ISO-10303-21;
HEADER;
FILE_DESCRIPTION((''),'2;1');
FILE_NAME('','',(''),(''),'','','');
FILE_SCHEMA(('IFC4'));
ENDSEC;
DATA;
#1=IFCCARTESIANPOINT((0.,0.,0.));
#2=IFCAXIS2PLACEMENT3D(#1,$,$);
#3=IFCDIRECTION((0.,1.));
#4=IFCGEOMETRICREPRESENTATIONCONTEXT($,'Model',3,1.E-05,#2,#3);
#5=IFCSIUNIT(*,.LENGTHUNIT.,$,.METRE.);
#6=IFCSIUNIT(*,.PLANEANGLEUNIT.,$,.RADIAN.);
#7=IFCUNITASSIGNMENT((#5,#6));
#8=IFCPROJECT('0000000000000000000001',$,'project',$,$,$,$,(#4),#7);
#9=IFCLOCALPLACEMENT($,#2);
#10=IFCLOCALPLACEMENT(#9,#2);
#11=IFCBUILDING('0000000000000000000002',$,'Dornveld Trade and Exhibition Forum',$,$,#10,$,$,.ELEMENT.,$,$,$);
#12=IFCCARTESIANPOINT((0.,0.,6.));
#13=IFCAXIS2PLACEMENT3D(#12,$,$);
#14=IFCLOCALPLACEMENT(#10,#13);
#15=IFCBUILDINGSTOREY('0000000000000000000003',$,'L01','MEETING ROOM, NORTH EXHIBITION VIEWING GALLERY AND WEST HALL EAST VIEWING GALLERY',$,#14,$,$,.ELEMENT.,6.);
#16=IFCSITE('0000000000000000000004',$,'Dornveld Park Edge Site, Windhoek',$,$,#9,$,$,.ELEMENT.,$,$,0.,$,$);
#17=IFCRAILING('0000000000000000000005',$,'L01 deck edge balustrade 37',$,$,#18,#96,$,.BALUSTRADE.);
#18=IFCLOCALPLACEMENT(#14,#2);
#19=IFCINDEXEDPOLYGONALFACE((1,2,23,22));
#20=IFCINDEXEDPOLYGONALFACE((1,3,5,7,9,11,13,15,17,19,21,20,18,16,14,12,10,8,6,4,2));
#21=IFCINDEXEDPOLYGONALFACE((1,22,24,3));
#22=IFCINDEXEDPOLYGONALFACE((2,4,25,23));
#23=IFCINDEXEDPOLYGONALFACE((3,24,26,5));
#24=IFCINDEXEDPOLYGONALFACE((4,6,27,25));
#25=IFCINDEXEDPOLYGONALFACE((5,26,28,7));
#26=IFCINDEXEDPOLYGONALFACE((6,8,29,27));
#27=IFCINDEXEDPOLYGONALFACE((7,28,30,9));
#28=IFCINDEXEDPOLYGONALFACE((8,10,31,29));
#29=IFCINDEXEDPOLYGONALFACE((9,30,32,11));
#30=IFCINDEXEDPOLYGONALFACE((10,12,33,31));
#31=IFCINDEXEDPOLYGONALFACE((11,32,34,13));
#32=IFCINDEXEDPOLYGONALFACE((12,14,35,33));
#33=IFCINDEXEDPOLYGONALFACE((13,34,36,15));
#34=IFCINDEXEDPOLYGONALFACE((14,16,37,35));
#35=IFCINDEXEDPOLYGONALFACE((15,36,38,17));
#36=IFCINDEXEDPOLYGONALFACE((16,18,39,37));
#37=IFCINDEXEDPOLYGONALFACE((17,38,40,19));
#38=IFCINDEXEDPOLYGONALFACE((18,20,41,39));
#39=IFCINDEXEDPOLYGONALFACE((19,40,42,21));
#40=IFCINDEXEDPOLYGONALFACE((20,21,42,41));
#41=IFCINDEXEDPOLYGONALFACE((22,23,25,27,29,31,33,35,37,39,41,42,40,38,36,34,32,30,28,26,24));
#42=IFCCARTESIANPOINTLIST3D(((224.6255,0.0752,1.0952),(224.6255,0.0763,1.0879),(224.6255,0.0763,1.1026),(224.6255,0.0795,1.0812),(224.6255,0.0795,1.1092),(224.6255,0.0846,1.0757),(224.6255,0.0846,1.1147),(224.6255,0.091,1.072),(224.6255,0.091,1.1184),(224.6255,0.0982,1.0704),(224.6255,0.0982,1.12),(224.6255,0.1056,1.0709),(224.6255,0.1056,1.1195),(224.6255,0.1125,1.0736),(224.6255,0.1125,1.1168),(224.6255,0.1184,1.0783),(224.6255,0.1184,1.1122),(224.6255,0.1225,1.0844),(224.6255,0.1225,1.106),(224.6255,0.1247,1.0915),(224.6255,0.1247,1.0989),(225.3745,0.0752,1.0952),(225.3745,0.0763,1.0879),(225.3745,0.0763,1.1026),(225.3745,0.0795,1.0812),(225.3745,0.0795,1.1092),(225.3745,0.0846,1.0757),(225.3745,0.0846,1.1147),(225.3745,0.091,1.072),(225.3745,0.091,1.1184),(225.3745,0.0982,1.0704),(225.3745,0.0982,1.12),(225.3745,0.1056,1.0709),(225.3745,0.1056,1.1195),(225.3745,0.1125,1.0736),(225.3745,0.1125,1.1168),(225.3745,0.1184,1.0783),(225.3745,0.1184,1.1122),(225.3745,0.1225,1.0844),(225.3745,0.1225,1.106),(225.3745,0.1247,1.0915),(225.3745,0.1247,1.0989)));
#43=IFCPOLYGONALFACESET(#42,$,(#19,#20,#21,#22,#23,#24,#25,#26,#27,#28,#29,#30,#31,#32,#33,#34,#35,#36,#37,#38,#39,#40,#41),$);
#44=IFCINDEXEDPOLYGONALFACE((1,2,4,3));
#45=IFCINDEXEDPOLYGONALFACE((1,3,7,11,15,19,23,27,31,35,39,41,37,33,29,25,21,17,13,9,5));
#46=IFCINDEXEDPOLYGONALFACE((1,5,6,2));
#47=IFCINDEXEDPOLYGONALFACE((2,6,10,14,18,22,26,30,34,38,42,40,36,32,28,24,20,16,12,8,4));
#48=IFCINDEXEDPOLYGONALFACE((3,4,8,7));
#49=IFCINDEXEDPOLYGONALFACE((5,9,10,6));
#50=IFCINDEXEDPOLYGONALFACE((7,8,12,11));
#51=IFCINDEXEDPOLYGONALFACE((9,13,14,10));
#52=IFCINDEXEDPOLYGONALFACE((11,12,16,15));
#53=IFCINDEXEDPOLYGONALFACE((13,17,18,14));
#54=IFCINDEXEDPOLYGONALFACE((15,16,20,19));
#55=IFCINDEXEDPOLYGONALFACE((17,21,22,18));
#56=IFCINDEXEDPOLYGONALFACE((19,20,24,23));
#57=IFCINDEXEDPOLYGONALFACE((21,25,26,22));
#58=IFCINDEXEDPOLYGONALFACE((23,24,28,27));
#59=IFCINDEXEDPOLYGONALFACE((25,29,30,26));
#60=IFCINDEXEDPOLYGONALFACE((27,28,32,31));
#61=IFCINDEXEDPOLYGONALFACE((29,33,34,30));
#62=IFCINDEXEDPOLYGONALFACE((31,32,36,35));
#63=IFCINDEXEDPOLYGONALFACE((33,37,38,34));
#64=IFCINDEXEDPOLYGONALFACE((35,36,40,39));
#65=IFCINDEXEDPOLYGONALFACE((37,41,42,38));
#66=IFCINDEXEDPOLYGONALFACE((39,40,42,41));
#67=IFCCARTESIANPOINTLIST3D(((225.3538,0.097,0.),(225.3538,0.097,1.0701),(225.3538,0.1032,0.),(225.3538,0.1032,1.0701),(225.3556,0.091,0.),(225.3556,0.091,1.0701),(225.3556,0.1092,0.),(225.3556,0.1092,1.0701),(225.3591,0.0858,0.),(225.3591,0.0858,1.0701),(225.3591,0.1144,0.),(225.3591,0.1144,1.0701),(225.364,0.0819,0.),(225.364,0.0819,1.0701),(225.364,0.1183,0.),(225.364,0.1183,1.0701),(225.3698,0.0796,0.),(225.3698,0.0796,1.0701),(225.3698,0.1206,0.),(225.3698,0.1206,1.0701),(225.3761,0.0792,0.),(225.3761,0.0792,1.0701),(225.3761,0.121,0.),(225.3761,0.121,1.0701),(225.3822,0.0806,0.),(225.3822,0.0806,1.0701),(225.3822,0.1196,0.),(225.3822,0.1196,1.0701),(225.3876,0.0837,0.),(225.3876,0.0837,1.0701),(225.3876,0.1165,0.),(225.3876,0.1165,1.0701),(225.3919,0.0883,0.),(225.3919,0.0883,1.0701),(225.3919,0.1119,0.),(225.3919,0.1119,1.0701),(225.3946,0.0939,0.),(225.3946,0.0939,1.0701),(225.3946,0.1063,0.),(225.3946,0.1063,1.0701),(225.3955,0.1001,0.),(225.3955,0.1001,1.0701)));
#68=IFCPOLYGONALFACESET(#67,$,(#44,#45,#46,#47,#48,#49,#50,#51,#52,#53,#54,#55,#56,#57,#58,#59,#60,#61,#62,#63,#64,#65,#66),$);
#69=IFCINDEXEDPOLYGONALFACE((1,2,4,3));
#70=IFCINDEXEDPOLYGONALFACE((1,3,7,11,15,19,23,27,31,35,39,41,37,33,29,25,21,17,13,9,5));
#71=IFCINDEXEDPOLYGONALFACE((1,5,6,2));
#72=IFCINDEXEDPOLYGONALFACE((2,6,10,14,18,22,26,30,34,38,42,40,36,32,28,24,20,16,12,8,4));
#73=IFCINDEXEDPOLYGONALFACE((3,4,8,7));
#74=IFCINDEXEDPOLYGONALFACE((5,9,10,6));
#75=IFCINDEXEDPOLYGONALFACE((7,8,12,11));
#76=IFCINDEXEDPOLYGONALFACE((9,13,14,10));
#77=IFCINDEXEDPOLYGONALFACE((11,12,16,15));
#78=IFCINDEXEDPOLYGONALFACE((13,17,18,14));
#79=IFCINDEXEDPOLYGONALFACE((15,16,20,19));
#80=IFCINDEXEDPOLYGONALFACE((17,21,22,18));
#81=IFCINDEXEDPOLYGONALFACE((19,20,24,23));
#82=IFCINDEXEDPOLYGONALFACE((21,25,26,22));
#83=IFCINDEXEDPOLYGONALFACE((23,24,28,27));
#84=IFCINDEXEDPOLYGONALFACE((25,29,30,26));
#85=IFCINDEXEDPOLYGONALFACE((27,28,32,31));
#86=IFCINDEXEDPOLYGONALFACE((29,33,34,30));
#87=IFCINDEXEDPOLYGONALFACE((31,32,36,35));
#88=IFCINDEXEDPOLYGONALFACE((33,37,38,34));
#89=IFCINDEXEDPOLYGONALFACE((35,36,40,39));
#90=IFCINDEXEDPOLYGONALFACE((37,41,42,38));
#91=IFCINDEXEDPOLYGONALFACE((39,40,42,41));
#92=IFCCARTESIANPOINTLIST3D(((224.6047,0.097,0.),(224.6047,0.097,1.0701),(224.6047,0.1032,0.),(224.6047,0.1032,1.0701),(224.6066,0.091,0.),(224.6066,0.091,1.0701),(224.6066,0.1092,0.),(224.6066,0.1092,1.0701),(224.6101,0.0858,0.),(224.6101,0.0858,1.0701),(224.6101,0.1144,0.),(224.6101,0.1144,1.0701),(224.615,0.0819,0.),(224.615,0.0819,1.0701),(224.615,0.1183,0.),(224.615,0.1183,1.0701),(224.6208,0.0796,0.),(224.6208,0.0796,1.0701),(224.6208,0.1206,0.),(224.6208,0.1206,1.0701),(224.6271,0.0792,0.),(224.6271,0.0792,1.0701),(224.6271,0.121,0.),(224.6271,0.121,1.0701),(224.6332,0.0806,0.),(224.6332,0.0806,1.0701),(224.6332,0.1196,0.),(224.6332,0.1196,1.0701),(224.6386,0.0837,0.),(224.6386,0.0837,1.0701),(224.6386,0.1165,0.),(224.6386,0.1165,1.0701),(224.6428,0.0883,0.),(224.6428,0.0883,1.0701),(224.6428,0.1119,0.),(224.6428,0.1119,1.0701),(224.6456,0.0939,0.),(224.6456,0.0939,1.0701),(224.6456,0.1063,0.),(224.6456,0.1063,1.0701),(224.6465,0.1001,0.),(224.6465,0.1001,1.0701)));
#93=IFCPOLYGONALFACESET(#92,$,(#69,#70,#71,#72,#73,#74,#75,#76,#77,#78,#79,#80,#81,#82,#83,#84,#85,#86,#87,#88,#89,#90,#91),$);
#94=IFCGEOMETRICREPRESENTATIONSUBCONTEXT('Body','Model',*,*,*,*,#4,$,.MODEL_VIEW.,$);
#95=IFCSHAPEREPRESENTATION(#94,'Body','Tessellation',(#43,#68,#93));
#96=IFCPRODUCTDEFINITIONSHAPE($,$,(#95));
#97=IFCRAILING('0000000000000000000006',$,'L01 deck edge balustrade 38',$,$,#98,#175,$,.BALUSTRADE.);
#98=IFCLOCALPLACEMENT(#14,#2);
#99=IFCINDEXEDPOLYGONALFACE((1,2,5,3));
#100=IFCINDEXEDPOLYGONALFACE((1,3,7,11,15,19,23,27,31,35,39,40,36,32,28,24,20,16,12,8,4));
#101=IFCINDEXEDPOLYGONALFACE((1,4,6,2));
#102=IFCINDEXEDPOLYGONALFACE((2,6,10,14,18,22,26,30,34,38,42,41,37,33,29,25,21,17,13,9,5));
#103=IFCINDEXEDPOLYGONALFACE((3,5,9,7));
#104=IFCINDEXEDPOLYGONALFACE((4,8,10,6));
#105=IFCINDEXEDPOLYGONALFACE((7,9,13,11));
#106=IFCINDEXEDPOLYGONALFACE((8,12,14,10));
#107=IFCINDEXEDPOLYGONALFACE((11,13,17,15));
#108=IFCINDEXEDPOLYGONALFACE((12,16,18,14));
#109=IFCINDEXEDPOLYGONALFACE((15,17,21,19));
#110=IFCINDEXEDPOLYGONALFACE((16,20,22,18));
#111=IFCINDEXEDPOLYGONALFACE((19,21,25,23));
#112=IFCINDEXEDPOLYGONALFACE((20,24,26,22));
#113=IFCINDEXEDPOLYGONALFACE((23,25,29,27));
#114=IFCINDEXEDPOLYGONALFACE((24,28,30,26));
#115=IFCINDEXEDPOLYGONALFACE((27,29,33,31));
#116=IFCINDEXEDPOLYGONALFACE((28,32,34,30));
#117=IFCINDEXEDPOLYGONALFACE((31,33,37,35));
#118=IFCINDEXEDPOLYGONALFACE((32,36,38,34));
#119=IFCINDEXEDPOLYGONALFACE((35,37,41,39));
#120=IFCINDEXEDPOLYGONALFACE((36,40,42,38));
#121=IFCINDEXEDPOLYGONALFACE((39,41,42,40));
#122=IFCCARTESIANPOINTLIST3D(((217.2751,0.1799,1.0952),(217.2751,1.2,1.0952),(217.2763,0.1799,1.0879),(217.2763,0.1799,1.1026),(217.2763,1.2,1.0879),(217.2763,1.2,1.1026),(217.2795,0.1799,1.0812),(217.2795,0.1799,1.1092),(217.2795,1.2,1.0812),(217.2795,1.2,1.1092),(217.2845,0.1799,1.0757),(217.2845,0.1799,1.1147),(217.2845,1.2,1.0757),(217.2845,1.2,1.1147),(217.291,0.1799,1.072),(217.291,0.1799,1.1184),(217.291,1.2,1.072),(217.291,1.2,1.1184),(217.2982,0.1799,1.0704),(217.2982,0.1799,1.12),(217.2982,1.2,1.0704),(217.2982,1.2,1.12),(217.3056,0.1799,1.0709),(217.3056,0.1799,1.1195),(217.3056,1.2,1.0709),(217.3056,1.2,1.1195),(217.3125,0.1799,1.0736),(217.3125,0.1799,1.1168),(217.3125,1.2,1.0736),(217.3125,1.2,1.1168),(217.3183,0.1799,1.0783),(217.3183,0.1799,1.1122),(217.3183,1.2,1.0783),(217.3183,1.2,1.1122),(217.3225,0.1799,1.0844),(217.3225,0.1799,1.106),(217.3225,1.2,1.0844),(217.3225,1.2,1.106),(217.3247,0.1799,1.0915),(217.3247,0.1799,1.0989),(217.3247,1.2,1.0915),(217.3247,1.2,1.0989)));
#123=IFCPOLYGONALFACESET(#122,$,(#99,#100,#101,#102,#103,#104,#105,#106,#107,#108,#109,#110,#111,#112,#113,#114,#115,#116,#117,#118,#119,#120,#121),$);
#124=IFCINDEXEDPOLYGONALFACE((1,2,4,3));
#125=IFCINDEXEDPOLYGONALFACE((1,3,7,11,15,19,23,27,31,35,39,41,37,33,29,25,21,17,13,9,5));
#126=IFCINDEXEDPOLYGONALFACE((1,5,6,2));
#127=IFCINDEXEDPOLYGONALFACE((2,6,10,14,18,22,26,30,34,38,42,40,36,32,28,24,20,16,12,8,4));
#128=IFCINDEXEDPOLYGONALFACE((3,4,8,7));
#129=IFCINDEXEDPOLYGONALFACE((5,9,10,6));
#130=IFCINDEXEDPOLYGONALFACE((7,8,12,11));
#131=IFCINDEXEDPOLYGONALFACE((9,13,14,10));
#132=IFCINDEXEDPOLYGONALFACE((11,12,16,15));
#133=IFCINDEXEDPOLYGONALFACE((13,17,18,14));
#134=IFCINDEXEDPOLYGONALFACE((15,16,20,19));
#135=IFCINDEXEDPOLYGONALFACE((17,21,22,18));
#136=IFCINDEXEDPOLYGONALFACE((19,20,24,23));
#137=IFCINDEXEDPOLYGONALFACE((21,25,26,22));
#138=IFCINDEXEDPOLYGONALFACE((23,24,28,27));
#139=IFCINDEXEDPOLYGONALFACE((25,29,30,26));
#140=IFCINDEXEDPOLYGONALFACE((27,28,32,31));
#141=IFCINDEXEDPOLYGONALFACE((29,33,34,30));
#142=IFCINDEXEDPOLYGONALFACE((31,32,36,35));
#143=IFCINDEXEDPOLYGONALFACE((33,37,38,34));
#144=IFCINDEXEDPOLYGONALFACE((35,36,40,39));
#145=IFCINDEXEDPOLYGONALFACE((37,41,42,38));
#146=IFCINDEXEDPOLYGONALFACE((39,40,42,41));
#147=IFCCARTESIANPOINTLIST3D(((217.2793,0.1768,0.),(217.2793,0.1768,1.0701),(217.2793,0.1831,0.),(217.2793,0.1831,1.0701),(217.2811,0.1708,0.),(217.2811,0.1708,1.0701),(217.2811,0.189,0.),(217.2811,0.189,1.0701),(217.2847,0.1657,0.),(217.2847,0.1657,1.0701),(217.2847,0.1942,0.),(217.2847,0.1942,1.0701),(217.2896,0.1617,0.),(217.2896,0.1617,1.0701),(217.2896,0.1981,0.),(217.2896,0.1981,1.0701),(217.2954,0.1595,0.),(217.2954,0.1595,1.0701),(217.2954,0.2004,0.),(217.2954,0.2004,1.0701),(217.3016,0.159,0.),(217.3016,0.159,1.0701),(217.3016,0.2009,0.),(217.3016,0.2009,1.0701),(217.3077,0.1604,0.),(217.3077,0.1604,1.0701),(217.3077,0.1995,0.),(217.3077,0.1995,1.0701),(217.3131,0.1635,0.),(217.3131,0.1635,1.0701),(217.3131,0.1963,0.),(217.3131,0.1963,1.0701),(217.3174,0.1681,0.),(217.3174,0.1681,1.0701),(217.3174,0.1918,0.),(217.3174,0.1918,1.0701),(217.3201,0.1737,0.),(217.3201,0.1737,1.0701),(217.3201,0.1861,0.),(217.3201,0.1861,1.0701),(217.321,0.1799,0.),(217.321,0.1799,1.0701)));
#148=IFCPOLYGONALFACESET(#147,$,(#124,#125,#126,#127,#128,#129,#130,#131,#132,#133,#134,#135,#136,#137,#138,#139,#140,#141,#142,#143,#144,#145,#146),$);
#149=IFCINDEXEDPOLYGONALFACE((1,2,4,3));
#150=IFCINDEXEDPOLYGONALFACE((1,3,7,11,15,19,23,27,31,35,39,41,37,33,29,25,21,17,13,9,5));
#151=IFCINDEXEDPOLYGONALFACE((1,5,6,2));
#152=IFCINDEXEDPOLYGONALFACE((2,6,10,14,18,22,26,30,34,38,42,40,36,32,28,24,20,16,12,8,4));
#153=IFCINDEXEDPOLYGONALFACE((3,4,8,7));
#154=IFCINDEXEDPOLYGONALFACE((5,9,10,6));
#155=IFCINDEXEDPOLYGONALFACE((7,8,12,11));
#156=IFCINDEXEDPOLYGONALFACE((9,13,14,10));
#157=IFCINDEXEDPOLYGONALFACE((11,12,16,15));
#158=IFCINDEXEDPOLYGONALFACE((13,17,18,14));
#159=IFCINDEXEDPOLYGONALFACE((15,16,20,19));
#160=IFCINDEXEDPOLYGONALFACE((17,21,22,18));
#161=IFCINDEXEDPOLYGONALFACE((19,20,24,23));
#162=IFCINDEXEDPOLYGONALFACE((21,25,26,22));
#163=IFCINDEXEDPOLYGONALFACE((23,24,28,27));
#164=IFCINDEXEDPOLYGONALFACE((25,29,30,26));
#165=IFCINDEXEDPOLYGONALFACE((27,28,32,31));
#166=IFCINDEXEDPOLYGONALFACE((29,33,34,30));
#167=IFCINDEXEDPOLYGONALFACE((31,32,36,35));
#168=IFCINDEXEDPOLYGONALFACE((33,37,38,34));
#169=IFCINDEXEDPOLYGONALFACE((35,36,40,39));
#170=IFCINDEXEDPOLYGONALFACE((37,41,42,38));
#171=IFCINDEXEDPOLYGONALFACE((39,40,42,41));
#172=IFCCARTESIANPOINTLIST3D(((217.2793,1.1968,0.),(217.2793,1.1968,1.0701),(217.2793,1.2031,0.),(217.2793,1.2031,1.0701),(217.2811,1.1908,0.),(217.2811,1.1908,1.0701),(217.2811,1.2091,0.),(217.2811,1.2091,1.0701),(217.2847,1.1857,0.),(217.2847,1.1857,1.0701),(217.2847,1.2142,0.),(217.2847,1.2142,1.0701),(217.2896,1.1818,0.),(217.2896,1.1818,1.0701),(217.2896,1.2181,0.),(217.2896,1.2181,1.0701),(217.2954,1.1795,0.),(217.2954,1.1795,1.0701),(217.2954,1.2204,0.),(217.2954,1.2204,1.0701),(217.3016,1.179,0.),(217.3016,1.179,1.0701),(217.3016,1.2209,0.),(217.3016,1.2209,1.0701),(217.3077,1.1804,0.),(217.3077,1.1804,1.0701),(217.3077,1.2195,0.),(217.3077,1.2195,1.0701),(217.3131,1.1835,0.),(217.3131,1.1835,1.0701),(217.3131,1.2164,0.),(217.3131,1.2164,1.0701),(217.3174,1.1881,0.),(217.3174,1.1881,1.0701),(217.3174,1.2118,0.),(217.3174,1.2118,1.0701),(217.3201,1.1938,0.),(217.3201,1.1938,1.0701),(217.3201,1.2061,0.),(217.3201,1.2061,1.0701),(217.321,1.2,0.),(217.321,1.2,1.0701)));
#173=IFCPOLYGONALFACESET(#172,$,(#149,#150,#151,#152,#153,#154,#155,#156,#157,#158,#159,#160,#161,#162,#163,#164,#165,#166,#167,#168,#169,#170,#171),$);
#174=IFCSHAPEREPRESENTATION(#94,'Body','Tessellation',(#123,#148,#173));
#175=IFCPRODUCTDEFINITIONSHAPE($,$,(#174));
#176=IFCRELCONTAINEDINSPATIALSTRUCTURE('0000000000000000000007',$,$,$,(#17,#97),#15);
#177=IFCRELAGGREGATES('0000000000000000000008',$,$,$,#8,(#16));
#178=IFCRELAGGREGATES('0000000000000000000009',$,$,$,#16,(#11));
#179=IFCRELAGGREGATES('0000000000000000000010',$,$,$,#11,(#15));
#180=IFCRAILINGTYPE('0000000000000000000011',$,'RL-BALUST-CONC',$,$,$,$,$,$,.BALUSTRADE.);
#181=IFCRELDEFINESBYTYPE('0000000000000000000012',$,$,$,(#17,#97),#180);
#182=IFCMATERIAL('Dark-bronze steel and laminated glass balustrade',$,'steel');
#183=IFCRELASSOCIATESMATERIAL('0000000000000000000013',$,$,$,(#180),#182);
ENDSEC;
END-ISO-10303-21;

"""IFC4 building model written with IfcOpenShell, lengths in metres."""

from ifc_helpers import new_model, si_unit, direction, frame, origin, origin_2d, place, context, subcontext, project, spatial, circle, extrude, material, type_object, element, save


model = new_model("IFC4")

# Units and contexts
model_context = context("Model", 3, precision=1e-05, world=origin(), true_north=direction((0.0, 1.0)))
body_context = subcontext(model_context, "Body", "Model", "MODEL_VIEW")
ifc_project = project(units=[si_unit("LENGTHUNIT", "METRE"), si_unit("PLANEANGLEUNIT", "RADIAN")], contexts=[model_context])

# Site, building, storey
site_placement = place(None, origin())
site = spatial("IfcSite", under=ifc_project, at=site_placement, Name="Dornveld Park Edge Site, Windhoek", CompositionType="ELEMENT", RefElevation=0.0)
building_placement = place(site_placement, origin())
building = spatial("IfcBuilding", under=site, at=building_placement, Name="Dornveld Trade and Exhibition Forum", CompositionType="ELEMENT")
storey_placement = place(building_placement, frame((0.0, 0.0, 6.0)))
storey = spatial("IfcBuildingStorey", under=building, at=storey_placement, Name="L01", Description="MEETING ROOM, NORTH EXHIBITION VIEWING GALLERY AND WEST HALL EAST VIEWING GALLERY", CompositionType="ELEMENT", Elevation=6.0)

# Railings
ifc_material_1 = material(Name="Dark-bronze steel and laminated glass balustrade", Category="steel")
railing_type = type_object("IfcRailingType", Name="RL-BALUST-CONC", PredefinedType="BALUSTRADE", material=ifc_material_1)
railing_1_placement = place(storey_placement, frame((225.3745, 0.1001, 0.0)))
element("IfcRailing", 1, at=railing_1_placement, inside=storey, type_object=railing_type, Name="L01 deck edge balustrade 37", PredefinedType="BALUSTRADE", context=body_context, shape_type="SweptSolid", body=[
    extrude(circle(Radius=0.0249, at=origin_2d()), frame((0.0, 0.0, 1.0952), z_axis=(-1.0, 0.0, 0.0), x_axis=(0.0, -1.0, 0.0)), (0.0, 0.0, 1.0), 0.749),
    extrude(circle(Radius=0.021, at=origin_2d()), origin(), (0.0, 0.0, 1.0), 1.0701),
    extrude(circle(Radius=0.021, at=origin_2d()), frame((-0.749, 0.0, 0.0)), (0.0, 0.0, 1.0), 1.0701),
])
railing_2_placement = place(storey_placement, frame((217.3, 0.1799, 0.0)))
element("IfcRailing", 2, at=railing_2_placement, inside=storey, type_object=railing_type, Name="L01 deck edge balustrade 38", PredefinedType="BALUSTRADE", context=body_context, shape_type="SweptSolid", body=[
    extrude(circle(Radius=0.0249, at=origin_2d()), frame((0.0, 0.0, 1.0952), z_axis=(0.0, 1.0, 0.0), x_axis=(-1.0, 0.0, 0.0)), (0.0, 0.0, 1.0), 1.02),
    extrude(circle(Radius=0.021, at=origin_2d()), origin(), (0.0, 0.0, 1.0), 1.0701),
    extrude(circle(Radius=0.021, at=origin_2d()), frame((0.0, 1.02, 0.0)), (0.0, 0.0, 1.0), 1.0701),
])

save(model, "model.ifc")
